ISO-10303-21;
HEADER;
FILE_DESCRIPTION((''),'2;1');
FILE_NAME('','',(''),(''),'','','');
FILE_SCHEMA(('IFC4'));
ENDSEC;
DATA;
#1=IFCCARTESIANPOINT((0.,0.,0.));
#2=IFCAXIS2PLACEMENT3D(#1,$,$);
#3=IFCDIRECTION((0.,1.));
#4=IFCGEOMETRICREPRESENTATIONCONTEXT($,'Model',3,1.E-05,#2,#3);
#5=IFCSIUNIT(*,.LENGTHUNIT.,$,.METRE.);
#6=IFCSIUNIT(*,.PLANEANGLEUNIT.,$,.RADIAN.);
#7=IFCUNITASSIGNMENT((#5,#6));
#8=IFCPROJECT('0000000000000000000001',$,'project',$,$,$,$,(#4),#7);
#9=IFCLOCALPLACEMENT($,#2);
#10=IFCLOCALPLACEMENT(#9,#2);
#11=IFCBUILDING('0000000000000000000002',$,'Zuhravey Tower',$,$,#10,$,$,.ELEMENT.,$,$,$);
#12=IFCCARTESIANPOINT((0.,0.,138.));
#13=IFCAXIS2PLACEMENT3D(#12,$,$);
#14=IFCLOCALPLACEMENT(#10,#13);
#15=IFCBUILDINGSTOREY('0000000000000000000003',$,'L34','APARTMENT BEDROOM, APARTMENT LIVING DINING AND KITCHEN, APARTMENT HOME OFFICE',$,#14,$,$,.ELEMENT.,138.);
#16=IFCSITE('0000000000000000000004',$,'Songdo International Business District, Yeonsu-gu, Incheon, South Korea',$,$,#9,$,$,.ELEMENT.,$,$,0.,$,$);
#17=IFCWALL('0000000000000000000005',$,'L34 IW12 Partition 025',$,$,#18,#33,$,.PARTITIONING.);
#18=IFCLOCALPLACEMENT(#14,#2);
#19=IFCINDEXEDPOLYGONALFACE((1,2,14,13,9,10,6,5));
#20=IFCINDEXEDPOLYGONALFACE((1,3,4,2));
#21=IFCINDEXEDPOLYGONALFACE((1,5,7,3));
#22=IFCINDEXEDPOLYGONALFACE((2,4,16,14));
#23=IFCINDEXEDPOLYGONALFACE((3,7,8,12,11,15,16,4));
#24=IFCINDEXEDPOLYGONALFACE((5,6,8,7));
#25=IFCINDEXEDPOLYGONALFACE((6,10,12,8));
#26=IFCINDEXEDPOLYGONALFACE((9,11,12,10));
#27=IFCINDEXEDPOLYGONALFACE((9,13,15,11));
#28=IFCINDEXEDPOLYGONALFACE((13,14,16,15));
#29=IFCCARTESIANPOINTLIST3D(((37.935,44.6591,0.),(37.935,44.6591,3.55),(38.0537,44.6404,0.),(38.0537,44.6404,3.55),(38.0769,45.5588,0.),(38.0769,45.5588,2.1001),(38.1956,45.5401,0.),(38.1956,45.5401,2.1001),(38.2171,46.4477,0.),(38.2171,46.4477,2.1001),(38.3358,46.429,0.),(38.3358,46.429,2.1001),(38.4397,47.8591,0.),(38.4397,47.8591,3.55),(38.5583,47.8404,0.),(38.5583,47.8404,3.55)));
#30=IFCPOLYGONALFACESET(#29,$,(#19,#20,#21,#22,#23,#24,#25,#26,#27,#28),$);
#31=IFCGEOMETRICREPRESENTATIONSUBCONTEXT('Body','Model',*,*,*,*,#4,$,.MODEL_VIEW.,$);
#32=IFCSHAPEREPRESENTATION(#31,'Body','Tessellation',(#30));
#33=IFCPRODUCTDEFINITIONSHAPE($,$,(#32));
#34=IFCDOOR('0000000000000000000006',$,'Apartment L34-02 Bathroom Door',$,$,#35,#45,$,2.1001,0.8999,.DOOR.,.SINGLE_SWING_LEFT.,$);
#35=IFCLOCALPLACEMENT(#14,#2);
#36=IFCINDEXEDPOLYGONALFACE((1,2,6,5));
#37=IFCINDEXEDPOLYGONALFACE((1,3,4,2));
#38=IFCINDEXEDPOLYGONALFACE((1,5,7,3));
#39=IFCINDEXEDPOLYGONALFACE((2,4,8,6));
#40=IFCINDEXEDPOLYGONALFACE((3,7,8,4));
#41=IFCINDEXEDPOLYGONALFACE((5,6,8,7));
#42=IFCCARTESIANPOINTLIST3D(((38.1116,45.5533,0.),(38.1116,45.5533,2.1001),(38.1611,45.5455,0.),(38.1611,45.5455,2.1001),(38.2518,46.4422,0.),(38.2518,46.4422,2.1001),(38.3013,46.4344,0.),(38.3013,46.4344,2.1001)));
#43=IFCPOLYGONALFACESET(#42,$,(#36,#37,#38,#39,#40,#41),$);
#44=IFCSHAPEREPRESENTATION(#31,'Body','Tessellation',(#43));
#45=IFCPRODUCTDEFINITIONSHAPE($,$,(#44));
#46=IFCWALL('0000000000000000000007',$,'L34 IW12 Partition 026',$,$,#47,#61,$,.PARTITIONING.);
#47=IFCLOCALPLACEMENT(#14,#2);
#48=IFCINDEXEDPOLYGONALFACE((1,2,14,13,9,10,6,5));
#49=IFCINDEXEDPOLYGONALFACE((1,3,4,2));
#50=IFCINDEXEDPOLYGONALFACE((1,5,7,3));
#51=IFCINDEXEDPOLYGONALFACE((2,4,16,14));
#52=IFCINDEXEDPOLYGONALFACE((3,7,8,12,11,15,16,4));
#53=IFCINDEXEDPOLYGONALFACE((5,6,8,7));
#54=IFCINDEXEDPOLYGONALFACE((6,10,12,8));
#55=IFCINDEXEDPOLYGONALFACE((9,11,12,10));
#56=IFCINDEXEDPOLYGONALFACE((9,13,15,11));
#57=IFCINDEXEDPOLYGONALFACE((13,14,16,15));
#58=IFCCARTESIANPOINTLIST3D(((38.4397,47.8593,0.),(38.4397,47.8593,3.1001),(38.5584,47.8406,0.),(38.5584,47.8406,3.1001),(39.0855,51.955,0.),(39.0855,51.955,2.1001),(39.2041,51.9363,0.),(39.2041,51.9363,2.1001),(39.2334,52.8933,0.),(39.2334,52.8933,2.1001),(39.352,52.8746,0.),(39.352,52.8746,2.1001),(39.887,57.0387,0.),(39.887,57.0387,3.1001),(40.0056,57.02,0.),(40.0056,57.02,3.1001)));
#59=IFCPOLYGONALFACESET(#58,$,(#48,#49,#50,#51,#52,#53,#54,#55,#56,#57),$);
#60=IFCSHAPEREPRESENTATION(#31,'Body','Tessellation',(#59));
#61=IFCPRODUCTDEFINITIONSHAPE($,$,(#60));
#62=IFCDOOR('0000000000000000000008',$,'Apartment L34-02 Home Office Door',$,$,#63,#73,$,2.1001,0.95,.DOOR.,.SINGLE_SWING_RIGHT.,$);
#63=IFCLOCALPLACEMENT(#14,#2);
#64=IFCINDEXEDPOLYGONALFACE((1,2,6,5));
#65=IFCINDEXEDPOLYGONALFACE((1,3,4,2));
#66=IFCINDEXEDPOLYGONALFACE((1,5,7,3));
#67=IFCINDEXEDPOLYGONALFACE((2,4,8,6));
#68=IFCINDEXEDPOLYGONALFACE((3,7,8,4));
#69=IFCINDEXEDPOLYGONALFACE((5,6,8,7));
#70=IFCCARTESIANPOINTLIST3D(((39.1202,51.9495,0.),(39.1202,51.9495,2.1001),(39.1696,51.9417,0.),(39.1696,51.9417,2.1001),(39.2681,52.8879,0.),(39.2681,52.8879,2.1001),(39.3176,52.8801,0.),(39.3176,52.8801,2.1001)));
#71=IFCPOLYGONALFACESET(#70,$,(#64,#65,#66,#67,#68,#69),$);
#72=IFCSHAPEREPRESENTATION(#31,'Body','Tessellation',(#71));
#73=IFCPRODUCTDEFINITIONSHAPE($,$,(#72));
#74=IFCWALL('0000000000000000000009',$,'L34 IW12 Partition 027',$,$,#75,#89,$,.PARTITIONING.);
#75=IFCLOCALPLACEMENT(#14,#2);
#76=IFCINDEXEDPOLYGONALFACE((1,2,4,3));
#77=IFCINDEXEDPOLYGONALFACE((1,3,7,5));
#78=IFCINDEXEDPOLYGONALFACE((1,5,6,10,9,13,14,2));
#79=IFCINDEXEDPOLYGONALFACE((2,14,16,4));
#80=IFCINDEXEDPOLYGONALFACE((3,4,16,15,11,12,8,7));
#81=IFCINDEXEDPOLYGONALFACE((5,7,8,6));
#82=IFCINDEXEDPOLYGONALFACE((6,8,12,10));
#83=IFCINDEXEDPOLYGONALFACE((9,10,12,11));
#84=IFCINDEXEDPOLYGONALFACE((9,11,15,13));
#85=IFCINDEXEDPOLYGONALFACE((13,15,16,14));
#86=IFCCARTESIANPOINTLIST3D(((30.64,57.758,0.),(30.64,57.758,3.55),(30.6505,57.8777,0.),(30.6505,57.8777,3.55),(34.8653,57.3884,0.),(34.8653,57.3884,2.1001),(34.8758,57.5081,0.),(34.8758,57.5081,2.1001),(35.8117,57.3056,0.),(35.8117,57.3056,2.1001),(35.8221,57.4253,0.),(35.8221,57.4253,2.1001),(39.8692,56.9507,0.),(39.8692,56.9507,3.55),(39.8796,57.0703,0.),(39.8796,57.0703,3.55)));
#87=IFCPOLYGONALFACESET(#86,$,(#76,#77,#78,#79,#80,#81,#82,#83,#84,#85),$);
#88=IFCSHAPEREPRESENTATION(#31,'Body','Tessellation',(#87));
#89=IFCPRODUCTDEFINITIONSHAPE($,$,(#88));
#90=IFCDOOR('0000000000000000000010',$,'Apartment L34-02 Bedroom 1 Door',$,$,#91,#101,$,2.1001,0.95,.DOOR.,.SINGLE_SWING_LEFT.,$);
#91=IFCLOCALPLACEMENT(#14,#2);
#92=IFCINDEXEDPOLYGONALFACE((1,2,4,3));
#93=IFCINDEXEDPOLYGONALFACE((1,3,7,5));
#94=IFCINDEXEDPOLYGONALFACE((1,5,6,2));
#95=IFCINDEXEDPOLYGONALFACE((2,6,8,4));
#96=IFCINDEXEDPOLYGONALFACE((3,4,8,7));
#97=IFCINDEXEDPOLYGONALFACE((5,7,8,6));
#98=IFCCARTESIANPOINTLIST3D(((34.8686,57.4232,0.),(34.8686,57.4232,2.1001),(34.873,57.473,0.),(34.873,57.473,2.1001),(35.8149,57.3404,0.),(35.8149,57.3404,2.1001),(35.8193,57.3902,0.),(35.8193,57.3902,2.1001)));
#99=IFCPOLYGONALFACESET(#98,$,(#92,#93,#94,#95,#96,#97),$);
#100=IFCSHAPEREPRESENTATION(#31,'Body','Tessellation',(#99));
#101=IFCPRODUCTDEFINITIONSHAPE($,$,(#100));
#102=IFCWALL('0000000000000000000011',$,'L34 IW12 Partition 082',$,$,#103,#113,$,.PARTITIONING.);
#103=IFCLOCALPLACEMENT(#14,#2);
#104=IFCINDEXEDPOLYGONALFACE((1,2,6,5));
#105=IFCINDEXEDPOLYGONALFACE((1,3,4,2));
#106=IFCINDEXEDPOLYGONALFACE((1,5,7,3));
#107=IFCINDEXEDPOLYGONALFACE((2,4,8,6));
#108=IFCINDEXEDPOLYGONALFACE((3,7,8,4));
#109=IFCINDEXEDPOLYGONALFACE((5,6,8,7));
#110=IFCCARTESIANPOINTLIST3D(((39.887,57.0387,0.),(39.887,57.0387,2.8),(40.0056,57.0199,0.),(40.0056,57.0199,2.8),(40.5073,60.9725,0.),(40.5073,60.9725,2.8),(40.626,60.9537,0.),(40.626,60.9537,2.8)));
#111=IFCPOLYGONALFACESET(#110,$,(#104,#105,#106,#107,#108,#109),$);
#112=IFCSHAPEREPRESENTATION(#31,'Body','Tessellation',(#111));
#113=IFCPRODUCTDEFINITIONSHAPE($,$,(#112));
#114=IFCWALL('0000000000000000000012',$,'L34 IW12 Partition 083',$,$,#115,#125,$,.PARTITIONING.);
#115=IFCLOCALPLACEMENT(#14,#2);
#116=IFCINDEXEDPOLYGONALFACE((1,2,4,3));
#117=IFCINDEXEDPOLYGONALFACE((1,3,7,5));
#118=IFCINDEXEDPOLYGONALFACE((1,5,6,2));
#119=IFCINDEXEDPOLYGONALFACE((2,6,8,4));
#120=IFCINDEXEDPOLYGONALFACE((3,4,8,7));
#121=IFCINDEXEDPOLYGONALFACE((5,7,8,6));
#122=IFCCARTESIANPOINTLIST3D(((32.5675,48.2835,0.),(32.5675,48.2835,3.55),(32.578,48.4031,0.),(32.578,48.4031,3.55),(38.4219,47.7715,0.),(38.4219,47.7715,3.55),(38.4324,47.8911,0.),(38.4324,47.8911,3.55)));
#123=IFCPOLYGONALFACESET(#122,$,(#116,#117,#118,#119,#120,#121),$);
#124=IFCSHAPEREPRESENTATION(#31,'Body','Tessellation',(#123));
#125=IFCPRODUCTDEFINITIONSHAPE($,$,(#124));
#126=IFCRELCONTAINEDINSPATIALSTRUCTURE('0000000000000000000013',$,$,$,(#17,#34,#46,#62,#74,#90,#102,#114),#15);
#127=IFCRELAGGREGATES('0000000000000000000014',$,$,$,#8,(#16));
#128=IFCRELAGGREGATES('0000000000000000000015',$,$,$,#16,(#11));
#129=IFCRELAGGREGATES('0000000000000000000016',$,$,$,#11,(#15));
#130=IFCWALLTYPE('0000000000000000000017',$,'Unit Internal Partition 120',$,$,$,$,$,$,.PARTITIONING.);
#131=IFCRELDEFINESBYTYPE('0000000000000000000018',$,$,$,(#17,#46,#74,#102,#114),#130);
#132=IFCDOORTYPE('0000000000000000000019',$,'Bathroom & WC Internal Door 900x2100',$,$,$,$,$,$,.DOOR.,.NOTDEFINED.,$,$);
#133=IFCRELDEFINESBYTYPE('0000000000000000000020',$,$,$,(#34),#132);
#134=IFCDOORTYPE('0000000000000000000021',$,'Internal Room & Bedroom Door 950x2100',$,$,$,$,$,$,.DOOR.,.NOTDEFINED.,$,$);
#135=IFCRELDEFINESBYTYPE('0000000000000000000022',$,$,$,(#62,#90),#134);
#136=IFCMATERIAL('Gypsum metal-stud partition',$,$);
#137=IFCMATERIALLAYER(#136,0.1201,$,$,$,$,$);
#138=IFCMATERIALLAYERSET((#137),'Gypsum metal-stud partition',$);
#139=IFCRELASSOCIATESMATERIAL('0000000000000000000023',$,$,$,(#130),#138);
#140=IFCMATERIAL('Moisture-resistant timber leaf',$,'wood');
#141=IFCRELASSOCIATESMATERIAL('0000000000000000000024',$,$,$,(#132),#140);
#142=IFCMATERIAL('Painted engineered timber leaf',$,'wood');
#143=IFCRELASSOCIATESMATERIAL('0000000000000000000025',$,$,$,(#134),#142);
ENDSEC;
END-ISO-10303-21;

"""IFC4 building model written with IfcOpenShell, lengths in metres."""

from ifc_helpers import new_model, si_unit, direction, frame, frame_2d, origin, place, context, subcontext, project, spatial, rectangle, extrude, material, layer, layer_set, type_object, element, fill, save


model = new_model("IFC4")

# Units and contexts
model_context = context("Model", 3, precision=1e-05, world=origin(), true_north=direction((0.0, 1.0)))
body_context = subcontext(model_context, "Body", "Model", "MODEL_VIEW")
ifc_project = project(units=[si_unit("LENGTHUNIT", "METRE"), si_unit("PLANEANGLEUNIT", "RADIAN")], contexts=[model_context])

# Site, building, storey
site_placement = place(None, origin())
site = spatial("IfcSite", under=ifc_project, at=site_placement, Name="Songdo International Business District, Yeonsu-gu, Incheon, South Korea", CompositionType="ELEMENT", RefElevation=0.0)
building_placement = place(site_placement, origin())
building = spatial("IfcBuilding", under=site, at=building_placement, Name="Zuhravey Tower", CompositionType="ELEMENT")
storey_placement = place(building_placement, frame((0.0, 0.0, 138.0)))
storey = spatial("IfcBuildingStorey", under=building, at=storey_placement, Name="L34", Description="APARTMENT BEDROOM, APARTMENT LIVING DINING AND KITCHEN, APARTMENT HOME OFFICE", CompositionType="ELEMENT", Elevation=138.0)

# Walls, openings, doors
ifc_material_1 = material(Name="Gypsum metal-stud partition")
ifc_layer_1 = layer(ifc_material_1, 0.1201)
ifc_layer_set_1 = layer_set([ifc_layer_1], Name="Gypsum metal-stud partition")
wall_type_1 = type_object("IfcWallType", Name="Unit Internal Partition 120", PredefinedType="PARTITIONING", material=ifc_layer_set_1)
ifc_material_2 = material(Name="Moisture-resistant timber leaf", Category="wood")
door_type_1 = type_object("IfcDoorType", Name="Bathroom & WC Internal Door 900x2100", OperationType="NOTDEFINED", PredefinedType="DOOR", material=ifc_material_2)
wall_1_placement = place(storey_placement, frame((37.9944, 44.6499, 0.0), z_axis=(0.0, 0.0, 1.0), x_axis=(0.155777, 0.987792, 0.0)))
wall_1 = element("IfcWall", 1, at=wall_1_placement, inside=storey, type_object=wall_type_1, Name="L34 IW12 Partition 025", PredefinedType="PARTITIONING", context=body_context, shape_type="SweptSolid", body=[
    extrude(rectangle(XDim=3.2395, YDim=0.1201, at=frame_2d((1.6196, 0.0))), origin(), (0.0, 0.0, 1.0), 3.55),
])
opening_1_placement = place(wall_1_placement, frame((0.9106, 0.0, 0.0)))
opening_1 = element("IfcOpeningElement", 2, at=opening_1_placement, cuts=wall_1, PredefinedType="OPENING", context=body_context, shape_type="SweptSolid", body=[
    extrude(rectangle(XDim=0.8999, YDim=2.1001, at=frame_2d((0.45, 1.05))), frame((0.0, 0.072, 0.0), z_axis=(0.0, -1.0, 0.0), x_axis=(1.0, 0.0, 0.0)), (0.0, 0.0, 1.0), 0.144),
])
door_1_placement = place(opening_1_placement, origin())
door_1 = element("IfcDoor", 3, at=door_1_placement, inside=storey, type_object=door_type_1, Name="Apartment L34-02 Bathroom Door", OperationType="SINGLE_SWING_LEFT", OverallHeight=2.1001, OverallWidth=0.8999, PredefinedType="DOOR", context=body_context, shape_type="SweptSolid", body=[
    extrude(rectangle(XDim=0.8999, YDim=2.1001, at=frame_2d((0.45, 1.05))), frame((0.0, 0.0249, 0.0), z_axis=(0.0, -1.0, 0.0), x_axis=(1.0, 0.0, 0.0)), (0.0, 0.0, 1.0), 0.05),
])
fill(opening_1, door_1)
wall_2_placement = place(storey_placement, frame((38.499, 47.8499, 0.0), z_axis=(0.0, 0.0, 1.0), x_axis=(0.15574, 0.987798, 0.0)))
wall_2 = element("IfcWall", 4, at=wall_2_placement, inside=storey, type_object=wall_type_1, Name="L34 IW12 Partition 026", PredefinedType="PARTITIONING", context=body_context, shape_type="SweptSolid", body=[
    extrude(rectangle(XDim=9.2927, YDim=0.1201, at=frame_2d((4.6465, 0.0))), origin(), (0.0, 0.0, 1.0), 3.1001),
])
opening_2_placement = place(wall_2_placement, frame((4.1462, 0.0, 0.0)))
opening_2 = element("IfcOpeningElement", 5, at=opening_2_placement, cuts=wall_2, PredefinedType="OPENING", context=body_context, shape_type="SweptSolid", body=[
    extrude(rectangle(XDim=0.95, YDim=2.1001, at=frame_2d((0.4751, 1.05))), frame((0.0, 0.072, 0.0), z_axis=(0.0, -1.0, 0.0), x_axis=(1.0, 0.0, 0.0)), (0.0, 0.0, 1.0), 0.144),
])
ifc_material_3 = material(Name="Painted engineered timber leaf", Category="wood")
door_type_2 = type_object("IfcDoorType", Name="Internal Room & Bedroom Door 950x2100", OperationType="NOTDEFINED", PredefinedType="DOOR", material=ifc_material_3)
door_2_placement = place(opening_2_placement, origin())
door_2 = element("IfcDoor", 6, at=door_2_placement, inside=storey, type_object=door_type_2, Name="Apartment L34-02 Home Office Door", OperationType="SINGLE_SWING_RIGHT", OverallHeight=2.1001, OverallWidth=0.95, PredefinedType="DOOR", context=body_context, shape_type="SweptSolid", body=[
    extrude(rectangle(XDim=0.95, YDim=2.1001, at=frame_2d((0.4751, 1.05))), frame((0.0, 0.0249, 0.0), z_axis=(0.0, -1.0, 0.0), x_axis=(1.0, 0.0, 0.0)), (0.0, 0.0, 1.0), 0.05),
])
fill(opening_2, door_2)
wall_3_placement = place(storey_placement, frame((39.8745, 57.0105, 0.0), z_axis=(0.0, 0.0, 1.0), x_axis=(-0.996195, 0.087147, 0.0)))
wall_3 = element("IfcWall", 7, at=wall_3_placement, inside=storey, type_object=wall_type_1, Name="L34 IW12 Partition 027", PredefinedType="PARTITIONING", context=body_context, shape_type="SweptSolid", body=[
    extrude(rectangle(XDim=9.2644, YDim=0.1201, at=frame_2d((4.6323, 0.0))), origin(), (0.0, 0.0, 1.0), 3.55),
])
opening_3_placement = place(wall_3_placement, frame((4.073, 0.0, 0.0)))
opening_3 = element("IfcOpeningElement", 8, at=opening_3_placement, cuts=wall_3, PredefinedType="OPENING", context=body_context, shape_type="SweptSolid", body=[
    extrude(rectangle(XDim=0.95, YDim=2.1001, at=frame_2d((0.4751, 1.05))), frame((0.0, 0.072, 0.0), z_axis=(0.0, -1.0, 0.0), x_axis=(1.0, 0.0, 0.0)), (0.0, 0.0, 1.0), 0.144),
])
door_3_placement = place(opening_3_placement, frame((0.95, 0.0, 0.0), z_axis=(0.0, 0.0, 1.0), x_axis=(-1.0, 0.0, 0.0)))
door_3 = element("IfcDoor", 9, at=door_3_placement, inside=storey, type_object=door_type_2, Name="Apartment L34-02 Bedroom 1 Door", OperationType="SINGLE_SWING_LEFT", OverallHeight=2.1001, OverallWidth=0.95, PredefinedType="DOOR", context=body_context, shape_type="SweptSolid", body=[
    extrude(rectangle(XDim=0.95, YDim=2.1001, at=frame_2d((0.4751, 1.05))), frame((0.0, 0.0249, 0.0), z_axis=(0.0, -1.0, 0.0), x_axis=(1.0, 0.0, 0.0)), (0.0, 0.0, 1.0), 0.05),
])
fill(opening_3, door_3)

# Walls
wall_4_placement = place(storey_placement, frame((39.9463, 57.0293, 0.0), z_axis=(0.0, 0.0, 1.0), x_axis=(0.155774, 0.987793, 0.0)))
element("IfcWall", 10, at=wall_4_placement, inside=storey, type_object=wall_type_1, Name="L34 IW12 Partition 082", PredefinedType="PARTITIONING", context=body_context, shape_type="SweptSolid", body=[
    extrude(rectangle(XDim=3.9824, YDim=0.1201, at=frame_2d((1.9912, 0.0))), origin(), (0.0, 0.0, 1.0), 2.8),
])
wall_5_placement = place(storey_placement, frame((38.4272, 47.8313, 0.0), z_axis=(0.0, 0.0, 1.0), x_axis=(-0.996198, 0.087119, 0.0)))
element("IfcWall", 11, at=wall_5_placement, inside=storey, type_object=wall_type_1, Name="L34 IW12 Partition 083", PredefinedType="PARTITIONING", context=body_context, shape_type="SweptSolid", body=[
    extrude(rectangle(XDim=5.8767, YDim=0.1201, at=frame_2d((2.9385, 0.0))), origin(), (0.0, 0.0, 1.0), 3.55),
])

save(model, "model.ifc")
